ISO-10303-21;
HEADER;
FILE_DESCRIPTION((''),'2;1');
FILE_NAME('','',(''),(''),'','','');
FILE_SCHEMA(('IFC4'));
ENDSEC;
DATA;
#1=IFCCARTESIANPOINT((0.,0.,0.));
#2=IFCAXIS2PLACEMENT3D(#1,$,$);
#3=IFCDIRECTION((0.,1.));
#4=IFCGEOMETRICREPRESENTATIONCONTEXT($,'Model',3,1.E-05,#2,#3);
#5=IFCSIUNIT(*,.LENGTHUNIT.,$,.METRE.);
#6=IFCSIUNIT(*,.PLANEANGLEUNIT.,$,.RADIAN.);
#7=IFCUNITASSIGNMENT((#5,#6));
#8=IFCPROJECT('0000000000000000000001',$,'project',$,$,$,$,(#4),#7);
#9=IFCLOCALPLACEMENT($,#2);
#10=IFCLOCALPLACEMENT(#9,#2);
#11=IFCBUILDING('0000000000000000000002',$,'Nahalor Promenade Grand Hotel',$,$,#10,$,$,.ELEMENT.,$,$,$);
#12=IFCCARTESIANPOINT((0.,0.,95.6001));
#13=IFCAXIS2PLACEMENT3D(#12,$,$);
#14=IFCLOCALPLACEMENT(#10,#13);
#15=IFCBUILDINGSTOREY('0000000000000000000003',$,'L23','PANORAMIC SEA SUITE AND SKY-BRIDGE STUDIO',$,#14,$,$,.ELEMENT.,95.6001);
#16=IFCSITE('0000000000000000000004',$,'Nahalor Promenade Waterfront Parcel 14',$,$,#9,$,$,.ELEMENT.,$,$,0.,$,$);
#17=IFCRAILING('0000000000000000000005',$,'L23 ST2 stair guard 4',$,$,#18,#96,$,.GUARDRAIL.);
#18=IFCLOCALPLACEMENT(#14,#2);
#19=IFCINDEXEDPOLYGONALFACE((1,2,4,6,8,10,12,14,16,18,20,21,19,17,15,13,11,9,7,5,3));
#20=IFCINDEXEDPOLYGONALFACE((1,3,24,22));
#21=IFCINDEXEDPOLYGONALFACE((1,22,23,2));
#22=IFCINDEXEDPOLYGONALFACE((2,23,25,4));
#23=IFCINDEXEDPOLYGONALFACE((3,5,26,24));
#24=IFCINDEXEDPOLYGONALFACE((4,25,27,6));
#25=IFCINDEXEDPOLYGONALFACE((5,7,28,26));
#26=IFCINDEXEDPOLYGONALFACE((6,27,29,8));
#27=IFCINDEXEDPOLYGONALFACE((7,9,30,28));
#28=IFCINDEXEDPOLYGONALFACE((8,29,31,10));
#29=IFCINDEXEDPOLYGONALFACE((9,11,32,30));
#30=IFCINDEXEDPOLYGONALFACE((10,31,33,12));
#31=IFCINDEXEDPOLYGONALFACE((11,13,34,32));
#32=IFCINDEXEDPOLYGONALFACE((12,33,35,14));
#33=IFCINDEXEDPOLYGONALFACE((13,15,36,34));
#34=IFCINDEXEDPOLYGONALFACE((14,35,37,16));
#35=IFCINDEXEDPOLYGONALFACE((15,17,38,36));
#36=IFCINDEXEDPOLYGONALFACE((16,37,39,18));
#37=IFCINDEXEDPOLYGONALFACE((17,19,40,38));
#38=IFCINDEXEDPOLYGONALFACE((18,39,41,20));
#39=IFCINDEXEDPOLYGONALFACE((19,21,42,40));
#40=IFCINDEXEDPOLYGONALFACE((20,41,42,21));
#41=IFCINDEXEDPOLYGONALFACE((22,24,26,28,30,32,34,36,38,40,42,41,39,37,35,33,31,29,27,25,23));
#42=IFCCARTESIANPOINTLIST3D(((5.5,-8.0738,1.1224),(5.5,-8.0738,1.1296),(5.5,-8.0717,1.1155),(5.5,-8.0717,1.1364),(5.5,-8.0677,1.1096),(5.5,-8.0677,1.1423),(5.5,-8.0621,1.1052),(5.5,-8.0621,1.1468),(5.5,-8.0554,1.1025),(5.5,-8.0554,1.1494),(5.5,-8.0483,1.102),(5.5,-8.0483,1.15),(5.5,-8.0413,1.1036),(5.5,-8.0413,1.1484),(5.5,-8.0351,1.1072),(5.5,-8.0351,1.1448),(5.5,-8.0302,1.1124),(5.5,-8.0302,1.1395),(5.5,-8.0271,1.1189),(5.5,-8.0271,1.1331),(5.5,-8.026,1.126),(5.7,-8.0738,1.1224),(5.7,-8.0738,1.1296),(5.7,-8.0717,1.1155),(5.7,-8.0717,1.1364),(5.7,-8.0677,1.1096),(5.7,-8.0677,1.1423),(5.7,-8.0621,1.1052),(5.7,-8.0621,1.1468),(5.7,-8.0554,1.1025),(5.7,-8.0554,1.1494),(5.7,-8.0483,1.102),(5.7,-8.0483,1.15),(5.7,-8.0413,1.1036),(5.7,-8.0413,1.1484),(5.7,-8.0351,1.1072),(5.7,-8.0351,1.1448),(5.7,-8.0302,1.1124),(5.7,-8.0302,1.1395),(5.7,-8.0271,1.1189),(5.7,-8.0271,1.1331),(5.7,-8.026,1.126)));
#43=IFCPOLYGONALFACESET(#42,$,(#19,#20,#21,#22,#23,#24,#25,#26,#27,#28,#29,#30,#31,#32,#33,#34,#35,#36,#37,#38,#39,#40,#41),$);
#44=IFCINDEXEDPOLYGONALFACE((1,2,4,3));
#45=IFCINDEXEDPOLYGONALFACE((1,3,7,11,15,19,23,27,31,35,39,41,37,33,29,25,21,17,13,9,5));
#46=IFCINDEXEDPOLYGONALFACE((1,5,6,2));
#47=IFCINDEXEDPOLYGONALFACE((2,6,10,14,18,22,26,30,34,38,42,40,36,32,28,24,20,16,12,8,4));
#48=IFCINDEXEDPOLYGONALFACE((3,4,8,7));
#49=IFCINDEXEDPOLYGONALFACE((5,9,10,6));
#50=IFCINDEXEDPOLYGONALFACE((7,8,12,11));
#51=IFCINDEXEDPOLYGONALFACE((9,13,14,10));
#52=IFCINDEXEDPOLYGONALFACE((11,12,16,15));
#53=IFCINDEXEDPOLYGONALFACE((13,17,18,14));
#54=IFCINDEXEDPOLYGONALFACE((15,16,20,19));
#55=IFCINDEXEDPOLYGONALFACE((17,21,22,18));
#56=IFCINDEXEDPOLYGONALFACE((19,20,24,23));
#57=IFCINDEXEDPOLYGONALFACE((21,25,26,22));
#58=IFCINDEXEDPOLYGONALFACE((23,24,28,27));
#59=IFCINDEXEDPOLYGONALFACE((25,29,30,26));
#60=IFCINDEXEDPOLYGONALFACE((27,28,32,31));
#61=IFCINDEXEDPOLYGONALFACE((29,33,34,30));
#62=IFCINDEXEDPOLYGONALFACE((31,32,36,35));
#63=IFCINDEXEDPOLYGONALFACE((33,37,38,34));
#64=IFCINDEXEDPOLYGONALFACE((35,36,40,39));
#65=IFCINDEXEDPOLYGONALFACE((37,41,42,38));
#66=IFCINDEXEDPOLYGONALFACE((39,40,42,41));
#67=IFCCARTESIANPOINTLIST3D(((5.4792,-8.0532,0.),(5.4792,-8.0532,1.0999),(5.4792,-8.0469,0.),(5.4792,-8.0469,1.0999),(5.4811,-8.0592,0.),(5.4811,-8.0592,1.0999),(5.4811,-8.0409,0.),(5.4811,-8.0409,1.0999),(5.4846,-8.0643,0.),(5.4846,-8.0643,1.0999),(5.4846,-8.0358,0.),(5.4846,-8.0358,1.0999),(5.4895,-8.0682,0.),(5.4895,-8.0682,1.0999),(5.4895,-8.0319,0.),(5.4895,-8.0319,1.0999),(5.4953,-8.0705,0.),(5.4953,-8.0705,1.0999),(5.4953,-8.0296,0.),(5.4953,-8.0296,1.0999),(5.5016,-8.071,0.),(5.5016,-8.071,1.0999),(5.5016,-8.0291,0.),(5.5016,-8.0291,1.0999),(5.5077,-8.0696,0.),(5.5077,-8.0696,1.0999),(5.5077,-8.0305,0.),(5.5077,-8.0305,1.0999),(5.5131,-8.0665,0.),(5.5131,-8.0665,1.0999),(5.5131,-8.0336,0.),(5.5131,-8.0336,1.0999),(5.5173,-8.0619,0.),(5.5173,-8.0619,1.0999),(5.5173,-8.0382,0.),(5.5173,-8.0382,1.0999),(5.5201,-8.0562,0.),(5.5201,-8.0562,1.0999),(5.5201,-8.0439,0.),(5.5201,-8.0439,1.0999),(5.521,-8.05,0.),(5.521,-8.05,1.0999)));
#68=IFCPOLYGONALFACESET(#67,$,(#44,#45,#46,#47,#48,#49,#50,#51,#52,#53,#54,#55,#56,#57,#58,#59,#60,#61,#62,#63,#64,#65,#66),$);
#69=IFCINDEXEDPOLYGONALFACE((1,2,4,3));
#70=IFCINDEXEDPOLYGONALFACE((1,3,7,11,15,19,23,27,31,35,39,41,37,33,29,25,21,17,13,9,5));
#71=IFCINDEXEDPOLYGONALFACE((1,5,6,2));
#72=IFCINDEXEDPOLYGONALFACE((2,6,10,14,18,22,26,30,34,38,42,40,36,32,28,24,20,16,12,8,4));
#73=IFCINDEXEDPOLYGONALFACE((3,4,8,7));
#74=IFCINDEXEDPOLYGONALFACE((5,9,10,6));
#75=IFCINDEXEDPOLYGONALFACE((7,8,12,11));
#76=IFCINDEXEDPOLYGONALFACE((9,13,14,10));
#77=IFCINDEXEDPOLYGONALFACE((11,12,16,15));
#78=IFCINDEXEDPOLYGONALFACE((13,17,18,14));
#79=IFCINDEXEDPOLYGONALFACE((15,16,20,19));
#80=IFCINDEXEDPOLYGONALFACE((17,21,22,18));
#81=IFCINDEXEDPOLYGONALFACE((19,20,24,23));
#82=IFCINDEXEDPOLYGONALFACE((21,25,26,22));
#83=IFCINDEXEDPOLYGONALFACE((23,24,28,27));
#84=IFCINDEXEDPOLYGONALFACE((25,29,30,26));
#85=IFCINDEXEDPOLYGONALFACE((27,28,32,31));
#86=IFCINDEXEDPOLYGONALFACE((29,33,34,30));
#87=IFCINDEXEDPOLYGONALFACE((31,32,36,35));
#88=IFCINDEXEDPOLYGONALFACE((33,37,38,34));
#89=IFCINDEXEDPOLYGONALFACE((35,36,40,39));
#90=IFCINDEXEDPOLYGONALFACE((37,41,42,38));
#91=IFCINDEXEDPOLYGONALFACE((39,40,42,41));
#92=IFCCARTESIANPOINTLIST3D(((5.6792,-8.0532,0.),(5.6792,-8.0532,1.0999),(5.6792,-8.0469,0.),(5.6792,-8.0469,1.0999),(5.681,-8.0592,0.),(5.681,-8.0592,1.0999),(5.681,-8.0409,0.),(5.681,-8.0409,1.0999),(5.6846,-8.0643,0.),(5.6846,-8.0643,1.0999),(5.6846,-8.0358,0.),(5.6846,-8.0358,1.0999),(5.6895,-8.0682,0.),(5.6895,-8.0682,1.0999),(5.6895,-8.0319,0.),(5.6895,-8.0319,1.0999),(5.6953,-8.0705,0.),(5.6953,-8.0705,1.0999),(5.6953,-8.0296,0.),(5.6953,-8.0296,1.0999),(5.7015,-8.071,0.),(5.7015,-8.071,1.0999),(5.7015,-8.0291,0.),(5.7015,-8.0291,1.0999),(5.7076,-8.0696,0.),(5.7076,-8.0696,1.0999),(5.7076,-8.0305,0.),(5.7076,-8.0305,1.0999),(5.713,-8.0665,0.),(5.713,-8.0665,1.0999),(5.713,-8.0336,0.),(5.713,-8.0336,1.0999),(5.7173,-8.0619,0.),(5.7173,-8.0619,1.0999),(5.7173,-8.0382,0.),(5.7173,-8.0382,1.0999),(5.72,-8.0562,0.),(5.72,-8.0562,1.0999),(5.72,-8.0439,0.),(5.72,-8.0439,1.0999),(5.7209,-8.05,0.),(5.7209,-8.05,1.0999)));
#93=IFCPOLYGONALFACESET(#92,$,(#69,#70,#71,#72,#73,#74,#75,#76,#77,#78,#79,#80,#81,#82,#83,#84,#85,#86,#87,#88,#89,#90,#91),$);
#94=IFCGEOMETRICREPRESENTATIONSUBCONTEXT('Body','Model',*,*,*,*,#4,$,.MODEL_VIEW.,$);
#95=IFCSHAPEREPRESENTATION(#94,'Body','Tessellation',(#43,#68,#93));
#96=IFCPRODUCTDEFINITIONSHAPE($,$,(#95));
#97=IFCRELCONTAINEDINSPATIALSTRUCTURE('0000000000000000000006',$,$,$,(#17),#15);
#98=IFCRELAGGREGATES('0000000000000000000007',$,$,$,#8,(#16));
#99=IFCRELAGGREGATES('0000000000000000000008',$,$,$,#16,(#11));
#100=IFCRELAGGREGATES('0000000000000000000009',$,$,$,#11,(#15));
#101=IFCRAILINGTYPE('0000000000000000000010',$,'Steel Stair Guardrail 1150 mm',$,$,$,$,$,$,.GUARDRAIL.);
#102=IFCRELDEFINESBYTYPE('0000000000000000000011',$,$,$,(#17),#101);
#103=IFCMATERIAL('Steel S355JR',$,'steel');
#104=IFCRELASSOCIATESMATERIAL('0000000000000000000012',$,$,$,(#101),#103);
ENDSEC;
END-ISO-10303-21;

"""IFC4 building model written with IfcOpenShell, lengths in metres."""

from ifc_helpers import new_model, si_unit, direction, frame, origin, origin_2d, place, context, subcontext, project, spatial, circle, extrude, material, type_object, element, save


model = new_model("IFC4")

# Units and contexts
model_context = context("Model", 3, precision=1e-05, world=origin(), true_north=direction((0.0, 1.0)))
body_context = subcontext(model_context, "Body", "Model", "MODEL_VIEW")
ifc_project = project(units=[si_unit("LENGTHUNIT", "METRE"), si_unit("PLANEANGLEUNIT", "RADIAN")], contexts=[model_context])

# Site, building, storey
site_placement = place(None, origin())
site = spatial("IfcSite", under=ifc_project, at=site_placement, Name="Nahalor Promenade Waterfront Parcel 14", CompositionType="ELEMENT", RefElevation=0.0)
building_placement = place(site_placement, origin())
building = spatial("IfcBuilding", under=site, at=building_placement, Name="Nahalor Promenade Grand Hotel", CompositionType="ELEMENT")
storey_placement = place(building_placement, frame((0.0, 0.0, 95.6001)))
storey = spatial("IfcBuildingStorey", under=building, at=storey_placement, Name="L23", Description="PANORAMIC SEA SUITE AND SKY-BRIDGE STUDIO", CompositionType="ELEMENT", Elevation=95.6001)

# Shared definitions
ifc_material_1 = material(Name="Steel S355JR", Category="steel")

# Railing
railing_type_1 = type_object("IfcRailingType", Name="Steel Stair Guardrail 1150 mm", PredefinedType="GUARDRAIL", material=ifc_material_1)
railing_1_placement = place(storey_placement, frame((5.5, -8.05, 0.0)))
element("IfcRailing", 1, at=railing_1_placement, inside=storey, type_object=railing_type_1, Name="L23 ST2 stair guard 4", PredefinedType="GUARDRAIL", context=body_context, shape_type="SweptSolid", body=[
    extrude(circle(Radius=0.024, at=origin_2d()), frame((0.0, 0.0, 1.126), z_axis=(1.0, 0.0, 0.0), x_axis=(0.0, 1.0, 0.0)), (0.0, 0.0, 1.0), 0.2),
    extrude(circle(Radius=0.021, at=origin_2d()), origin(), (0.0, 0.0, 1.0), 1.0999),
    extrude(circle(Radius=0.021, at=origin_2d()), frame((0.2, 0.0, 0.0)), (0.0, 0.0, 1.0), 1.0999),
])

save(model, "model.ifc")
